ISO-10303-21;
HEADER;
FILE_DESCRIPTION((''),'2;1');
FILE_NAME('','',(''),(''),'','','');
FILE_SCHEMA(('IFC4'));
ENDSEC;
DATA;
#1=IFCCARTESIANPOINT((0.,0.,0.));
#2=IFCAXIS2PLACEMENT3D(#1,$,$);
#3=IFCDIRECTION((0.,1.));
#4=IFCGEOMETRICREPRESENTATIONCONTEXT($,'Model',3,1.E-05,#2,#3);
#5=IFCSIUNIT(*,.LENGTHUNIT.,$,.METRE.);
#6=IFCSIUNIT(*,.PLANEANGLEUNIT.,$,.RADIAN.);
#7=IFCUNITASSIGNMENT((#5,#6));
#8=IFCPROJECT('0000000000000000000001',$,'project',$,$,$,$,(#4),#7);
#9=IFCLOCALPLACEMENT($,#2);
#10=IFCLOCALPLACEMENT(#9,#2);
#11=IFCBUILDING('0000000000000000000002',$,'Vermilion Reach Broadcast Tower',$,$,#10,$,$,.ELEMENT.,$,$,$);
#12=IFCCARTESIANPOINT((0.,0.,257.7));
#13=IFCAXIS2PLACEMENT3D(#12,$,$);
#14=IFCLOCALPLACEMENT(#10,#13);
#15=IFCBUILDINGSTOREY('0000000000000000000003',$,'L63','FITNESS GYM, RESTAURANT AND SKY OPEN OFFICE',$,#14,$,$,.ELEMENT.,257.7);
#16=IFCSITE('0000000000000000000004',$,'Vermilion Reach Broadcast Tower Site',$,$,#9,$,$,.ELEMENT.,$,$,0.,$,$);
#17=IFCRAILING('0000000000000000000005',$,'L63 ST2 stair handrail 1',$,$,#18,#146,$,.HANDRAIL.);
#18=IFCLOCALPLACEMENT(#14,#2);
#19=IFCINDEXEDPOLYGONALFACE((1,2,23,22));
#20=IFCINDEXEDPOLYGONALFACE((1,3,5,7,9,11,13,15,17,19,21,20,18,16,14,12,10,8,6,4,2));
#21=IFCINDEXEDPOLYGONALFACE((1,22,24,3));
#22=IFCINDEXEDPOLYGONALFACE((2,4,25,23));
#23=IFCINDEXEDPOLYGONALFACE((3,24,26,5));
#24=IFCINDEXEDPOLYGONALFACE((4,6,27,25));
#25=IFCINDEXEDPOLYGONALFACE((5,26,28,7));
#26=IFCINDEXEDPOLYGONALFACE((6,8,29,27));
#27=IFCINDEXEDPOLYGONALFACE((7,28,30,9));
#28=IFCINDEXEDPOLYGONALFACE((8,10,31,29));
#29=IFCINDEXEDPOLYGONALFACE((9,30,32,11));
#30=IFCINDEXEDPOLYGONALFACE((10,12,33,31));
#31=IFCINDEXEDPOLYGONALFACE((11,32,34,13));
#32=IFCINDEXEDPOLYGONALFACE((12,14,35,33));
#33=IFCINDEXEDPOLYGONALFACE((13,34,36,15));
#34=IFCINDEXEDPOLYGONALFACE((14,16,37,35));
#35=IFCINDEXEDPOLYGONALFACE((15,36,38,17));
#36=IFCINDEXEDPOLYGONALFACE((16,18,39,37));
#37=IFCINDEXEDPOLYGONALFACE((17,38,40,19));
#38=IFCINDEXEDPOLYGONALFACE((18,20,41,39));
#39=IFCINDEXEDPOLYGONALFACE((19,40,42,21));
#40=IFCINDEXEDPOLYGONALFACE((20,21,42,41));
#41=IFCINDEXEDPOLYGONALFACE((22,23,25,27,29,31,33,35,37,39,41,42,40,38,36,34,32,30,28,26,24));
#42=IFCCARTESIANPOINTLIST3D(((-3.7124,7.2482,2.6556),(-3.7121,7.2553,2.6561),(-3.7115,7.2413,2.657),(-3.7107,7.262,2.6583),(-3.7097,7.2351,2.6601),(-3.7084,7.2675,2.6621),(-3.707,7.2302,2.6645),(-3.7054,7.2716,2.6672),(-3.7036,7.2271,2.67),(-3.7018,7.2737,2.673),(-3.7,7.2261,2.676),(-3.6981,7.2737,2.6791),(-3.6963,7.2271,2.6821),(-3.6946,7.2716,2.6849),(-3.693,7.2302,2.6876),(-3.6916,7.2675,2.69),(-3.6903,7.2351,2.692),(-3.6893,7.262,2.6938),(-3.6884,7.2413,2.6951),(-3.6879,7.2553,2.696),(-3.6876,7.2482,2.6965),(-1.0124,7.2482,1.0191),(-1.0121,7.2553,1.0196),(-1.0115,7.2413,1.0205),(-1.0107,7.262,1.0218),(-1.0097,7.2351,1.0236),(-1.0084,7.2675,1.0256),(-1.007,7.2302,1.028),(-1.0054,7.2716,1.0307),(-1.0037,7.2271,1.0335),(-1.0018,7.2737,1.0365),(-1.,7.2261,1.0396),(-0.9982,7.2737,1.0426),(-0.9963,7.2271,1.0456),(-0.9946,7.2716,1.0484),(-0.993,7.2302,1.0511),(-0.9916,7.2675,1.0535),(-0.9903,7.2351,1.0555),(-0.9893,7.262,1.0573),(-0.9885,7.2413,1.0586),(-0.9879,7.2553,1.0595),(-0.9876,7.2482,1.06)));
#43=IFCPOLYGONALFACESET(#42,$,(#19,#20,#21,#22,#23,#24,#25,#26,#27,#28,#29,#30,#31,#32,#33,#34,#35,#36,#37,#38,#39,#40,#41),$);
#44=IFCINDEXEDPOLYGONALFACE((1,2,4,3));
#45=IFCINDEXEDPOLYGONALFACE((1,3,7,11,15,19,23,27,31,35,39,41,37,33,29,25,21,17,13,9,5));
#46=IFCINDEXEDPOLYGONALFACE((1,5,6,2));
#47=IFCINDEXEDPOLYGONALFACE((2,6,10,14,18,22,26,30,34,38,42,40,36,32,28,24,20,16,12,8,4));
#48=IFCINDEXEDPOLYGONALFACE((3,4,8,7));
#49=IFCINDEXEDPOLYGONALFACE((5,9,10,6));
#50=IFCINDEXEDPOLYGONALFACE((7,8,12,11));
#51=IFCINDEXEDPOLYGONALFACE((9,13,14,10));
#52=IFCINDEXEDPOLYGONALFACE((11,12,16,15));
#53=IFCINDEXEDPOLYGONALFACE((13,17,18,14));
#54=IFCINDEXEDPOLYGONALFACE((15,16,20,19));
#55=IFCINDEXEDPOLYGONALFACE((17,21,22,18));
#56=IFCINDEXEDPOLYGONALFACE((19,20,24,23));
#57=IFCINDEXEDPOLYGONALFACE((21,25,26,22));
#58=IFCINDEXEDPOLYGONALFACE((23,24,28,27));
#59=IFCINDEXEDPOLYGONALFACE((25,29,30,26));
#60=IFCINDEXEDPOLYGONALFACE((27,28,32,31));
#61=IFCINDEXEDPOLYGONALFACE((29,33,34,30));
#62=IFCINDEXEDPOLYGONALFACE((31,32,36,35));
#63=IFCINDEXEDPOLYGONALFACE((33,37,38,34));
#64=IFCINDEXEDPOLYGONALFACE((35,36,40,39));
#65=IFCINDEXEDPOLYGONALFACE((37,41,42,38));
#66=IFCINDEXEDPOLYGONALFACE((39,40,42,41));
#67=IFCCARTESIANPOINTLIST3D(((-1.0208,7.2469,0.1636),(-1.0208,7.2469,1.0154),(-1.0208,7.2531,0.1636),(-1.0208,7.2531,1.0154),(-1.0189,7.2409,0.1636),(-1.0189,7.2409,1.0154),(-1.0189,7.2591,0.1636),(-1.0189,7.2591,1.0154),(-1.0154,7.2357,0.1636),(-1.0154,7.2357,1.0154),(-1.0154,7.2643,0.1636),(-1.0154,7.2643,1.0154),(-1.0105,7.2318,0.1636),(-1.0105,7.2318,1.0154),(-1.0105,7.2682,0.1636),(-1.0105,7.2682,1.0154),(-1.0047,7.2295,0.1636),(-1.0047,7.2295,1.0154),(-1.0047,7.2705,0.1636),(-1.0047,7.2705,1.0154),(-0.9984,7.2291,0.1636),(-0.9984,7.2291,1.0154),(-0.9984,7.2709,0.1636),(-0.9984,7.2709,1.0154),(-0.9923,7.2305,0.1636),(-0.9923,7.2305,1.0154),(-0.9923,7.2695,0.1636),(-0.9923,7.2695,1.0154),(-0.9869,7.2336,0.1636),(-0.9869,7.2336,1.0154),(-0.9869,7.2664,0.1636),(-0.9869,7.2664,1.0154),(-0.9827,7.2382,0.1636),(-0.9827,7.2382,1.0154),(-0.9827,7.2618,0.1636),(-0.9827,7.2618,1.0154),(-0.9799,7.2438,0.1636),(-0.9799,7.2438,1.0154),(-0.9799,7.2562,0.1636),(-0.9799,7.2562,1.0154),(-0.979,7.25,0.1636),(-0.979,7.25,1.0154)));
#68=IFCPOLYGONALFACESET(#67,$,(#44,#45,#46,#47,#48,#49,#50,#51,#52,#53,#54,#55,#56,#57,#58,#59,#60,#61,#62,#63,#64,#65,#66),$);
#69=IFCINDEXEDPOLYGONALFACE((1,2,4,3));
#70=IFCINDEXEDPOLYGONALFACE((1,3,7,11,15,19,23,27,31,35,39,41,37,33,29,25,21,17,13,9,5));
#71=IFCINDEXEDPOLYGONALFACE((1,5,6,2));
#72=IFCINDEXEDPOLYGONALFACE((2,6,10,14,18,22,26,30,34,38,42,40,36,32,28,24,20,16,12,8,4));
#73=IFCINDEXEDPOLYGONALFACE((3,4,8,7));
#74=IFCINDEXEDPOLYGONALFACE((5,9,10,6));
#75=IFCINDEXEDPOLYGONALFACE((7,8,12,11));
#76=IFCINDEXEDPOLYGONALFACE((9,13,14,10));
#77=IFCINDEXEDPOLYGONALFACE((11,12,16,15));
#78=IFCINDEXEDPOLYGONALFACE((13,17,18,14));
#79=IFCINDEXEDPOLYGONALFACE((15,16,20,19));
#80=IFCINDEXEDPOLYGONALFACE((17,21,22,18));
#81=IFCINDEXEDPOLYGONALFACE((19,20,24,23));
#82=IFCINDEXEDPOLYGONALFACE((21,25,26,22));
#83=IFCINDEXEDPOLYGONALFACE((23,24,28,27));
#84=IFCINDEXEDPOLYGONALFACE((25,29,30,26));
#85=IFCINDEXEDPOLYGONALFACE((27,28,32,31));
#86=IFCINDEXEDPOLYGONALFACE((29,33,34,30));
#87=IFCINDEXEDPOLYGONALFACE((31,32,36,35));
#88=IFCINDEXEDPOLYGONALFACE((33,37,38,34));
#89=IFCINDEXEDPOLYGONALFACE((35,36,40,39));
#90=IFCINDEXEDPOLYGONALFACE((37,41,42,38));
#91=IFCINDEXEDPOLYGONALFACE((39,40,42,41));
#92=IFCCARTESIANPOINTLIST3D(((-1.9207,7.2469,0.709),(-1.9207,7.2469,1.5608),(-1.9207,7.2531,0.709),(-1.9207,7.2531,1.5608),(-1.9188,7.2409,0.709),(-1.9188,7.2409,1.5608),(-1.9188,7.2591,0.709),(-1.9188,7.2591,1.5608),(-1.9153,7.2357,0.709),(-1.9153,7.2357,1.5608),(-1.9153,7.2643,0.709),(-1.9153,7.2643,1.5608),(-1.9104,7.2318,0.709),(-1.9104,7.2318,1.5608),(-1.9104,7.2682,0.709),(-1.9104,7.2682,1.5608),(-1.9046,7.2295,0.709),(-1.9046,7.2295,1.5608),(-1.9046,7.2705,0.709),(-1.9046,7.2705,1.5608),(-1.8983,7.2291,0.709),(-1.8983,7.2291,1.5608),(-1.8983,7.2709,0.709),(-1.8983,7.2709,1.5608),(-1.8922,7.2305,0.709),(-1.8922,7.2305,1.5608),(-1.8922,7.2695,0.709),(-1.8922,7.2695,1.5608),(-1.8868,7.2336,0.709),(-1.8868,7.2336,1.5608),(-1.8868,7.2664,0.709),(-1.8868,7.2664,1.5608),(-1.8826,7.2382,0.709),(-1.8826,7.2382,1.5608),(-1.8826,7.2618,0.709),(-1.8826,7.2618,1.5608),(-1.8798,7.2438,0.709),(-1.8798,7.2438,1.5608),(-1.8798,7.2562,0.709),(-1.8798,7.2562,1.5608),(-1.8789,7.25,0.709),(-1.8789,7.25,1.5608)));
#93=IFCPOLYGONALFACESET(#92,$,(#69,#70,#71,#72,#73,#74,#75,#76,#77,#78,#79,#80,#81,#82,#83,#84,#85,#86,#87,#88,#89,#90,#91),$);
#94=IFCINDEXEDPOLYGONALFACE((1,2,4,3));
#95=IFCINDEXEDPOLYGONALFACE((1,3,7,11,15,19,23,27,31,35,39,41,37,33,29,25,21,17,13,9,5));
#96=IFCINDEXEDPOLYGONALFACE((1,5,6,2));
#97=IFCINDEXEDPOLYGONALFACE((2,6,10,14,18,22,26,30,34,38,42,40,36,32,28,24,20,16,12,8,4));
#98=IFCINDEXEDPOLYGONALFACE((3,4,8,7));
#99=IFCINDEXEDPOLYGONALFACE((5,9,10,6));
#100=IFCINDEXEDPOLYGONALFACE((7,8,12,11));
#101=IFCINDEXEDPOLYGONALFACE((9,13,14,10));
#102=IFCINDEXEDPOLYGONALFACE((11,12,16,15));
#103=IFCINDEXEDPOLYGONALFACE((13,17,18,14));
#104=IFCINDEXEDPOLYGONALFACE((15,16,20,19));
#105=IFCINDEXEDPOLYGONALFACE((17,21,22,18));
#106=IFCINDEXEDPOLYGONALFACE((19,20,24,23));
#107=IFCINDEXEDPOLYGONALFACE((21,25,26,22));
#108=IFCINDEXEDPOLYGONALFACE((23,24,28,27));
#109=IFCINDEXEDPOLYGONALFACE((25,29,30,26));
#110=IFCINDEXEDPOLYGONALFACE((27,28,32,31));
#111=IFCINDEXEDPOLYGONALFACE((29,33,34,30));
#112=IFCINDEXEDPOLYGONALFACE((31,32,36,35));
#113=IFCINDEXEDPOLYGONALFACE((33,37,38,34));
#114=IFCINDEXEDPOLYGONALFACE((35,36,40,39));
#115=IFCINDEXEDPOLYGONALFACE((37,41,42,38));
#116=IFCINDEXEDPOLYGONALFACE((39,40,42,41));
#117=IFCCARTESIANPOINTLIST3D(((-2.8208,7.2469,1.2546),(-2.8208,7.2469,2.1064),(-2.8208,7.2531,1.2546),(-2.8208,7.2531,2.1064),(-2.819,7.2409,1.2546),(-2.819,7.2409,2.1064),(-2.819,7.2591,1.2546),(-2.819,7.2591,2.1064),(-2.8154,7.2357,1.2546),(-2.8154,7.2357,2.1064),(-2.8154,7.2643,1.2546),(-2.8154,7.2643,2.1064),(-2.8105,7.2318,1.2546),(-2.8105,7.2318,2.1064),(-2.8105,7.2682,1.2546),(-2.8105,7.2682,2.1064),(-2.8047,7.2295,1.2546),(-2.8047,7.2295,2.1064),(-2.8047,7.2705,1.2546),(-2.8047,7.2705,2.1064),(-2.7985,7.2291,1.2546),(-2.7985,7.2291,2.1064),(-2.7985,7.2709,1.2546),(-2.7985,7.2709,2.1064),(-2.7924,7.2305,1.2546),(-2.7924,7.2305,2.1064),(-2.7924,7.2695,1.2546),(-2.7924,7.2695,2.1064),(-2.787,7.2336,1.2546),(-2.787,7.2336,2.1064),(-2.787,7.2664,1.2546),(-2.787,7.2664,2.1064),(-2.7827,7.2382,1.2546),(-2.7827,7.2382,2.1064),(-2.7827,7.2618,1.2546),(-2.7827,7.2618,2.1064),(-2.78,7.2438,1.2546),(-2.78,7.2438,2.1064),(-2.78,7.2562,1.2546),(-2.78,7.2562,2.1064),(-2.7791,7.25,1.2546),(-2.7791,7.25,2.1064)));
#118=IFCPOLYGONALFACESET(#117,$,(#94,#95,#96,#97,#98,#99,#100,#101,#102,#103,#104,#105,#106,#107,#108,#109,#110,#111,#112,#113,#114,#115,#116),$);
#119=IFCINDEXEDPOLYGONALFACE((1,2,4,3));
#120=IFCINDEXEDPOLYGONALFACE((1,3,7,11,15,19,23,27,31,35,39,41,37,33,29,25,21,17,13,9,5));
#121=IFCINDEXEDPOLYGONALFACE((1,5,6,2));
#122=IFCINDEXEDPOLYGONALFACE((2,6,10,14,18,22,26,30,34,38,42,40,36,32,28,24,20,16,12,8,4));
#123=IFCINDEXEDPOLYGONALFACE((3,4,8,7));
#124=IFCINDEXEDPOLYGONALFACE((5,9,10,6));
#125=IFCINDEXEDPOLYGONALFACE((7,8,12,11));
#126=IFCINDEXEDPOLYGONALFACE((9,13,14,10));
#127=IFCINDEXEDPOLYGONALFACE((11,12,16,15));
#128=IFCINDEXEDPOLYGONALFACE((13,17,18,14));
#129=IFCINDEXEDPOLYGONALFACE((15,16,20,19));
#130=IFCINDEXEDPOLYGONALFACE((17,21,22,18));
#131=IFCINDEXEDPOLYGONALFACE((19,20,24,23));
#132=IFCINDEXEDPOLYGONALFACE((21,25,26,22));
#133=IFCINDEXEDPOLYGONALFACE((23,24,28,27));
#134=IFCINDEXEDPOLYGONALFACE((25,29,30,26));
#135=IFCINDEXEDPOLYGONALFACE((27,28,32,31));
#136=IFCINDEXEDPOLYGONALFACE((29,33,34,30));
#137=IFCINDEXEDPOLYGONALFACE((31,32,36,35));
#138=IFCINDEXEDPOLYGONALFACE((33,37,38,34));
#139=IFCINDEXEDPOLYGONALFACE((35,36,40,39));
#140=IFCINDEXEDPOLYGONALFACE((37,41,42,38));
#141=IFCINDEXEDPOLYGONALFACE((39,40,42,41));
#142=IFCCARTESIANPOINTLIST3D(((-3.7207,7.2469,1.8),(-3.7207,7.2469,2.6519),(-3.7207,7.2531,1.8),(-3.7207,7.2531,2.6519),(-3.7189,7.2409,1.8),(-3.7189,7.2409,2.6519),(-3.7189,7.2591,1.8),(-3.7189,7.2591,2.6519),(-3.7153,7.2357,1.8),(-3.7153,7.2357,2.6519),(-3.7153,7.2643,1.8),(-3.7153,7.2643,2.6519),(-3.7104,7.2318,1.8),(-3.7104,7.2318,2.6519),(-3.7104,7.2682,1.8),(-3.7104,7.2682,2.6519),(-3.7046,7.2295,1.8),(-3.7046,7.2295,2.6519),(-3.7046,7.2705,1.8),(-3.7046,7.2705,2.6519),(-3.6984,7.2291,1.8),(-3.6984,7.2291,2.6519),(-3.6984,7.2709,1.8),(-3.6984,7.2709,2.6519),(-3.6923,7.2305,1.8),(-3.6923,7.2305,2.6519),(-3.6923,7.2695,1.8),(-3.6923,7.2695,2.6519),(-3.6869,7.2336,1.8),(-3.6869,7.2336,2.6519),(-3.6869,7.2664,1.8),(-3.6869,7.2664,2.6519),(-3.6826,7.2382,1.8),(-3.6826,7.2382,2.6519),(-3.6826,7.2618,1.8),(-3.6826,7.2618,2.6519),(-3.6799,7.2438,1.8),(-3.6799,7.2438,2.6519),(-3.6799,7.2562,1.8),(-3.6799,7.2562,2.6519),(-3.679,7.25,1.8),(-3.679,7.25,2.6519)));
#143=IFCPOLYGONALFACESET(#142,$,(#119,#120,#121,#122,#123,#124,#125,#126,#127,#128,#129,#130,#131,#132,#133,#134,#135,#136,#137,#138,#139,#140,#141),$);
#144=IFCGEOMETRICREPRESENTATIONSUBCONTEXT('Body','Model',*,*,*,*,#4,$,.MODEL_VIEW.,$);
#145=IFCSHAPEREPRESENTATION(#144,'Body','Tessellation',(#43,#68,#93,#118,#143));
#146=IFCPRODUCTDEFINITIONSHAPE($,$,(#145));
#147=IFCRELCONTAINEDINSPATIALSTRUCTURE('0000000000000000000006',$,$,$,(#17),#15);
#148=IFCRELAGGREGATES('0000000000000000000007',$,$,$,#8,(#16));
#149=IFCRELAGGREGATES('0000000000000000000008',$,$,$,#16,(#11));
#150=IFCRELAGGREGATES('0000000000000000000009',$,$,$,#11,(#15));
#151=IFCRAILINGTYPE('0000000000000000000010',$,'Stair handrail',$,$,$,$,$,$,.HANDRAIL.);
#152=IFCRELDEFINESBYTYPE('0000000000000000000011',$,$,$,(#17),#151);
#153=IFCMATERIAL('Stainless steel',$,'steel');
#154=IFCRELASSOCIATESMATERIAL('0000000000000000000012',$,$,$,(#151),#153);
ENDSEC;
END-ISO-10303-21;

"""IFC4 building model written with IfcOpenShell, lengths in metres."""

from ifc_helpers import new_model, si_unit, direction, frame, origin, origin_2d, place, context, subcontext, project, spatial, circle, extrude, material, type_object, element, save


model = new_model("IFC4")

# Units and contexts
model_context = context("Model", 3, precision=1e-05, world=origin(), true_north=direction((0.0, 1.0)))
body_context = subcontext(model_context, "Body", "Model", "MODEL_VIEW")
ifc_project = project(units=[si_unit("LENGTHUNIT", "METRE"), si_unit("PLANEANGLEUNIT", "RADIAN")], contexts=[model_context])

# Site, building, storey
site_placement = place(None, origin())
site = spatial("IfcSite", under=ifc_project, at=site_placement, Name="Vermilion Reach Broadcast Tower Site", CompositionType="ELEMENT", RefElevation=0.0)
building_placement = place(site_placement, origin())
building = spatial("IfcBuilding", under=site, at=building_placement, Name="Vermilion Reach Broadcast Tower", CompositionType="ELEMENT")
storey_placement = place(building_placement, frame((0.0, 0.0, 257.7)))
storey = spatial("IfcBuildingStorey", under=building, at=storey_placement, Name="L63", Description="FITNESS GYM, RESTAURANT AND SKY OPEN OFFICE", CompositionType="ELEMENT", Elevation=257.7)

# Railing
ifc_material_1 = material(Name="Stainless steel", Category="steel")
railing_type_1 = type_object("IfcRailingType", Name="Stair handrail", PredefinedType="HANDRAIL", material=ifc_material_1)
railing_1_placement = place(storey_placement, frame((-1.0, 7.25, 0.1636)))
element("IfcRailing", 1, at=railing_1_placement, inside=storey, type_object=railing_type_1, Name="L63 ST2 stair handrail 1", PredefinedType="HANDRAIL", context=body_context, shape_type="SweptSolid", body=[
    extrude(circle(Radius=0.0239, at=origin_2d()), frame((0.0, 0.0, 0.876), z_axis=(-0.855178, 0.0, 0.518334), x_axis=(0.0, -1.0, 0.0)), (0.0, 0.0, 1.0), 3.1572),
    extrude(circle(Radius=0.021, at=origin_2d()), origin(), (0.0, 0.0, 1.0), 0.8518),
    extrude(circle(Radius=0.021, at=origin_2d()), frame((-0.8999, 0.0, 0.5454)), (0.0, 0.0, 1.0), 0.8518),
    extrude(circle(Radius=0.021, at=origin_2d()), frame((-1.8, 0.0, 1.0911)), (0.0, 0.0, 1.0), 0.8518),
    extrude(circle(Radius=0.021, at=origin_2d()), frame((-2.7, 0.0, 1.6365)), (0.0, 0.0, 1.0), 0.8518),
])

save(model, "model.ifc")
